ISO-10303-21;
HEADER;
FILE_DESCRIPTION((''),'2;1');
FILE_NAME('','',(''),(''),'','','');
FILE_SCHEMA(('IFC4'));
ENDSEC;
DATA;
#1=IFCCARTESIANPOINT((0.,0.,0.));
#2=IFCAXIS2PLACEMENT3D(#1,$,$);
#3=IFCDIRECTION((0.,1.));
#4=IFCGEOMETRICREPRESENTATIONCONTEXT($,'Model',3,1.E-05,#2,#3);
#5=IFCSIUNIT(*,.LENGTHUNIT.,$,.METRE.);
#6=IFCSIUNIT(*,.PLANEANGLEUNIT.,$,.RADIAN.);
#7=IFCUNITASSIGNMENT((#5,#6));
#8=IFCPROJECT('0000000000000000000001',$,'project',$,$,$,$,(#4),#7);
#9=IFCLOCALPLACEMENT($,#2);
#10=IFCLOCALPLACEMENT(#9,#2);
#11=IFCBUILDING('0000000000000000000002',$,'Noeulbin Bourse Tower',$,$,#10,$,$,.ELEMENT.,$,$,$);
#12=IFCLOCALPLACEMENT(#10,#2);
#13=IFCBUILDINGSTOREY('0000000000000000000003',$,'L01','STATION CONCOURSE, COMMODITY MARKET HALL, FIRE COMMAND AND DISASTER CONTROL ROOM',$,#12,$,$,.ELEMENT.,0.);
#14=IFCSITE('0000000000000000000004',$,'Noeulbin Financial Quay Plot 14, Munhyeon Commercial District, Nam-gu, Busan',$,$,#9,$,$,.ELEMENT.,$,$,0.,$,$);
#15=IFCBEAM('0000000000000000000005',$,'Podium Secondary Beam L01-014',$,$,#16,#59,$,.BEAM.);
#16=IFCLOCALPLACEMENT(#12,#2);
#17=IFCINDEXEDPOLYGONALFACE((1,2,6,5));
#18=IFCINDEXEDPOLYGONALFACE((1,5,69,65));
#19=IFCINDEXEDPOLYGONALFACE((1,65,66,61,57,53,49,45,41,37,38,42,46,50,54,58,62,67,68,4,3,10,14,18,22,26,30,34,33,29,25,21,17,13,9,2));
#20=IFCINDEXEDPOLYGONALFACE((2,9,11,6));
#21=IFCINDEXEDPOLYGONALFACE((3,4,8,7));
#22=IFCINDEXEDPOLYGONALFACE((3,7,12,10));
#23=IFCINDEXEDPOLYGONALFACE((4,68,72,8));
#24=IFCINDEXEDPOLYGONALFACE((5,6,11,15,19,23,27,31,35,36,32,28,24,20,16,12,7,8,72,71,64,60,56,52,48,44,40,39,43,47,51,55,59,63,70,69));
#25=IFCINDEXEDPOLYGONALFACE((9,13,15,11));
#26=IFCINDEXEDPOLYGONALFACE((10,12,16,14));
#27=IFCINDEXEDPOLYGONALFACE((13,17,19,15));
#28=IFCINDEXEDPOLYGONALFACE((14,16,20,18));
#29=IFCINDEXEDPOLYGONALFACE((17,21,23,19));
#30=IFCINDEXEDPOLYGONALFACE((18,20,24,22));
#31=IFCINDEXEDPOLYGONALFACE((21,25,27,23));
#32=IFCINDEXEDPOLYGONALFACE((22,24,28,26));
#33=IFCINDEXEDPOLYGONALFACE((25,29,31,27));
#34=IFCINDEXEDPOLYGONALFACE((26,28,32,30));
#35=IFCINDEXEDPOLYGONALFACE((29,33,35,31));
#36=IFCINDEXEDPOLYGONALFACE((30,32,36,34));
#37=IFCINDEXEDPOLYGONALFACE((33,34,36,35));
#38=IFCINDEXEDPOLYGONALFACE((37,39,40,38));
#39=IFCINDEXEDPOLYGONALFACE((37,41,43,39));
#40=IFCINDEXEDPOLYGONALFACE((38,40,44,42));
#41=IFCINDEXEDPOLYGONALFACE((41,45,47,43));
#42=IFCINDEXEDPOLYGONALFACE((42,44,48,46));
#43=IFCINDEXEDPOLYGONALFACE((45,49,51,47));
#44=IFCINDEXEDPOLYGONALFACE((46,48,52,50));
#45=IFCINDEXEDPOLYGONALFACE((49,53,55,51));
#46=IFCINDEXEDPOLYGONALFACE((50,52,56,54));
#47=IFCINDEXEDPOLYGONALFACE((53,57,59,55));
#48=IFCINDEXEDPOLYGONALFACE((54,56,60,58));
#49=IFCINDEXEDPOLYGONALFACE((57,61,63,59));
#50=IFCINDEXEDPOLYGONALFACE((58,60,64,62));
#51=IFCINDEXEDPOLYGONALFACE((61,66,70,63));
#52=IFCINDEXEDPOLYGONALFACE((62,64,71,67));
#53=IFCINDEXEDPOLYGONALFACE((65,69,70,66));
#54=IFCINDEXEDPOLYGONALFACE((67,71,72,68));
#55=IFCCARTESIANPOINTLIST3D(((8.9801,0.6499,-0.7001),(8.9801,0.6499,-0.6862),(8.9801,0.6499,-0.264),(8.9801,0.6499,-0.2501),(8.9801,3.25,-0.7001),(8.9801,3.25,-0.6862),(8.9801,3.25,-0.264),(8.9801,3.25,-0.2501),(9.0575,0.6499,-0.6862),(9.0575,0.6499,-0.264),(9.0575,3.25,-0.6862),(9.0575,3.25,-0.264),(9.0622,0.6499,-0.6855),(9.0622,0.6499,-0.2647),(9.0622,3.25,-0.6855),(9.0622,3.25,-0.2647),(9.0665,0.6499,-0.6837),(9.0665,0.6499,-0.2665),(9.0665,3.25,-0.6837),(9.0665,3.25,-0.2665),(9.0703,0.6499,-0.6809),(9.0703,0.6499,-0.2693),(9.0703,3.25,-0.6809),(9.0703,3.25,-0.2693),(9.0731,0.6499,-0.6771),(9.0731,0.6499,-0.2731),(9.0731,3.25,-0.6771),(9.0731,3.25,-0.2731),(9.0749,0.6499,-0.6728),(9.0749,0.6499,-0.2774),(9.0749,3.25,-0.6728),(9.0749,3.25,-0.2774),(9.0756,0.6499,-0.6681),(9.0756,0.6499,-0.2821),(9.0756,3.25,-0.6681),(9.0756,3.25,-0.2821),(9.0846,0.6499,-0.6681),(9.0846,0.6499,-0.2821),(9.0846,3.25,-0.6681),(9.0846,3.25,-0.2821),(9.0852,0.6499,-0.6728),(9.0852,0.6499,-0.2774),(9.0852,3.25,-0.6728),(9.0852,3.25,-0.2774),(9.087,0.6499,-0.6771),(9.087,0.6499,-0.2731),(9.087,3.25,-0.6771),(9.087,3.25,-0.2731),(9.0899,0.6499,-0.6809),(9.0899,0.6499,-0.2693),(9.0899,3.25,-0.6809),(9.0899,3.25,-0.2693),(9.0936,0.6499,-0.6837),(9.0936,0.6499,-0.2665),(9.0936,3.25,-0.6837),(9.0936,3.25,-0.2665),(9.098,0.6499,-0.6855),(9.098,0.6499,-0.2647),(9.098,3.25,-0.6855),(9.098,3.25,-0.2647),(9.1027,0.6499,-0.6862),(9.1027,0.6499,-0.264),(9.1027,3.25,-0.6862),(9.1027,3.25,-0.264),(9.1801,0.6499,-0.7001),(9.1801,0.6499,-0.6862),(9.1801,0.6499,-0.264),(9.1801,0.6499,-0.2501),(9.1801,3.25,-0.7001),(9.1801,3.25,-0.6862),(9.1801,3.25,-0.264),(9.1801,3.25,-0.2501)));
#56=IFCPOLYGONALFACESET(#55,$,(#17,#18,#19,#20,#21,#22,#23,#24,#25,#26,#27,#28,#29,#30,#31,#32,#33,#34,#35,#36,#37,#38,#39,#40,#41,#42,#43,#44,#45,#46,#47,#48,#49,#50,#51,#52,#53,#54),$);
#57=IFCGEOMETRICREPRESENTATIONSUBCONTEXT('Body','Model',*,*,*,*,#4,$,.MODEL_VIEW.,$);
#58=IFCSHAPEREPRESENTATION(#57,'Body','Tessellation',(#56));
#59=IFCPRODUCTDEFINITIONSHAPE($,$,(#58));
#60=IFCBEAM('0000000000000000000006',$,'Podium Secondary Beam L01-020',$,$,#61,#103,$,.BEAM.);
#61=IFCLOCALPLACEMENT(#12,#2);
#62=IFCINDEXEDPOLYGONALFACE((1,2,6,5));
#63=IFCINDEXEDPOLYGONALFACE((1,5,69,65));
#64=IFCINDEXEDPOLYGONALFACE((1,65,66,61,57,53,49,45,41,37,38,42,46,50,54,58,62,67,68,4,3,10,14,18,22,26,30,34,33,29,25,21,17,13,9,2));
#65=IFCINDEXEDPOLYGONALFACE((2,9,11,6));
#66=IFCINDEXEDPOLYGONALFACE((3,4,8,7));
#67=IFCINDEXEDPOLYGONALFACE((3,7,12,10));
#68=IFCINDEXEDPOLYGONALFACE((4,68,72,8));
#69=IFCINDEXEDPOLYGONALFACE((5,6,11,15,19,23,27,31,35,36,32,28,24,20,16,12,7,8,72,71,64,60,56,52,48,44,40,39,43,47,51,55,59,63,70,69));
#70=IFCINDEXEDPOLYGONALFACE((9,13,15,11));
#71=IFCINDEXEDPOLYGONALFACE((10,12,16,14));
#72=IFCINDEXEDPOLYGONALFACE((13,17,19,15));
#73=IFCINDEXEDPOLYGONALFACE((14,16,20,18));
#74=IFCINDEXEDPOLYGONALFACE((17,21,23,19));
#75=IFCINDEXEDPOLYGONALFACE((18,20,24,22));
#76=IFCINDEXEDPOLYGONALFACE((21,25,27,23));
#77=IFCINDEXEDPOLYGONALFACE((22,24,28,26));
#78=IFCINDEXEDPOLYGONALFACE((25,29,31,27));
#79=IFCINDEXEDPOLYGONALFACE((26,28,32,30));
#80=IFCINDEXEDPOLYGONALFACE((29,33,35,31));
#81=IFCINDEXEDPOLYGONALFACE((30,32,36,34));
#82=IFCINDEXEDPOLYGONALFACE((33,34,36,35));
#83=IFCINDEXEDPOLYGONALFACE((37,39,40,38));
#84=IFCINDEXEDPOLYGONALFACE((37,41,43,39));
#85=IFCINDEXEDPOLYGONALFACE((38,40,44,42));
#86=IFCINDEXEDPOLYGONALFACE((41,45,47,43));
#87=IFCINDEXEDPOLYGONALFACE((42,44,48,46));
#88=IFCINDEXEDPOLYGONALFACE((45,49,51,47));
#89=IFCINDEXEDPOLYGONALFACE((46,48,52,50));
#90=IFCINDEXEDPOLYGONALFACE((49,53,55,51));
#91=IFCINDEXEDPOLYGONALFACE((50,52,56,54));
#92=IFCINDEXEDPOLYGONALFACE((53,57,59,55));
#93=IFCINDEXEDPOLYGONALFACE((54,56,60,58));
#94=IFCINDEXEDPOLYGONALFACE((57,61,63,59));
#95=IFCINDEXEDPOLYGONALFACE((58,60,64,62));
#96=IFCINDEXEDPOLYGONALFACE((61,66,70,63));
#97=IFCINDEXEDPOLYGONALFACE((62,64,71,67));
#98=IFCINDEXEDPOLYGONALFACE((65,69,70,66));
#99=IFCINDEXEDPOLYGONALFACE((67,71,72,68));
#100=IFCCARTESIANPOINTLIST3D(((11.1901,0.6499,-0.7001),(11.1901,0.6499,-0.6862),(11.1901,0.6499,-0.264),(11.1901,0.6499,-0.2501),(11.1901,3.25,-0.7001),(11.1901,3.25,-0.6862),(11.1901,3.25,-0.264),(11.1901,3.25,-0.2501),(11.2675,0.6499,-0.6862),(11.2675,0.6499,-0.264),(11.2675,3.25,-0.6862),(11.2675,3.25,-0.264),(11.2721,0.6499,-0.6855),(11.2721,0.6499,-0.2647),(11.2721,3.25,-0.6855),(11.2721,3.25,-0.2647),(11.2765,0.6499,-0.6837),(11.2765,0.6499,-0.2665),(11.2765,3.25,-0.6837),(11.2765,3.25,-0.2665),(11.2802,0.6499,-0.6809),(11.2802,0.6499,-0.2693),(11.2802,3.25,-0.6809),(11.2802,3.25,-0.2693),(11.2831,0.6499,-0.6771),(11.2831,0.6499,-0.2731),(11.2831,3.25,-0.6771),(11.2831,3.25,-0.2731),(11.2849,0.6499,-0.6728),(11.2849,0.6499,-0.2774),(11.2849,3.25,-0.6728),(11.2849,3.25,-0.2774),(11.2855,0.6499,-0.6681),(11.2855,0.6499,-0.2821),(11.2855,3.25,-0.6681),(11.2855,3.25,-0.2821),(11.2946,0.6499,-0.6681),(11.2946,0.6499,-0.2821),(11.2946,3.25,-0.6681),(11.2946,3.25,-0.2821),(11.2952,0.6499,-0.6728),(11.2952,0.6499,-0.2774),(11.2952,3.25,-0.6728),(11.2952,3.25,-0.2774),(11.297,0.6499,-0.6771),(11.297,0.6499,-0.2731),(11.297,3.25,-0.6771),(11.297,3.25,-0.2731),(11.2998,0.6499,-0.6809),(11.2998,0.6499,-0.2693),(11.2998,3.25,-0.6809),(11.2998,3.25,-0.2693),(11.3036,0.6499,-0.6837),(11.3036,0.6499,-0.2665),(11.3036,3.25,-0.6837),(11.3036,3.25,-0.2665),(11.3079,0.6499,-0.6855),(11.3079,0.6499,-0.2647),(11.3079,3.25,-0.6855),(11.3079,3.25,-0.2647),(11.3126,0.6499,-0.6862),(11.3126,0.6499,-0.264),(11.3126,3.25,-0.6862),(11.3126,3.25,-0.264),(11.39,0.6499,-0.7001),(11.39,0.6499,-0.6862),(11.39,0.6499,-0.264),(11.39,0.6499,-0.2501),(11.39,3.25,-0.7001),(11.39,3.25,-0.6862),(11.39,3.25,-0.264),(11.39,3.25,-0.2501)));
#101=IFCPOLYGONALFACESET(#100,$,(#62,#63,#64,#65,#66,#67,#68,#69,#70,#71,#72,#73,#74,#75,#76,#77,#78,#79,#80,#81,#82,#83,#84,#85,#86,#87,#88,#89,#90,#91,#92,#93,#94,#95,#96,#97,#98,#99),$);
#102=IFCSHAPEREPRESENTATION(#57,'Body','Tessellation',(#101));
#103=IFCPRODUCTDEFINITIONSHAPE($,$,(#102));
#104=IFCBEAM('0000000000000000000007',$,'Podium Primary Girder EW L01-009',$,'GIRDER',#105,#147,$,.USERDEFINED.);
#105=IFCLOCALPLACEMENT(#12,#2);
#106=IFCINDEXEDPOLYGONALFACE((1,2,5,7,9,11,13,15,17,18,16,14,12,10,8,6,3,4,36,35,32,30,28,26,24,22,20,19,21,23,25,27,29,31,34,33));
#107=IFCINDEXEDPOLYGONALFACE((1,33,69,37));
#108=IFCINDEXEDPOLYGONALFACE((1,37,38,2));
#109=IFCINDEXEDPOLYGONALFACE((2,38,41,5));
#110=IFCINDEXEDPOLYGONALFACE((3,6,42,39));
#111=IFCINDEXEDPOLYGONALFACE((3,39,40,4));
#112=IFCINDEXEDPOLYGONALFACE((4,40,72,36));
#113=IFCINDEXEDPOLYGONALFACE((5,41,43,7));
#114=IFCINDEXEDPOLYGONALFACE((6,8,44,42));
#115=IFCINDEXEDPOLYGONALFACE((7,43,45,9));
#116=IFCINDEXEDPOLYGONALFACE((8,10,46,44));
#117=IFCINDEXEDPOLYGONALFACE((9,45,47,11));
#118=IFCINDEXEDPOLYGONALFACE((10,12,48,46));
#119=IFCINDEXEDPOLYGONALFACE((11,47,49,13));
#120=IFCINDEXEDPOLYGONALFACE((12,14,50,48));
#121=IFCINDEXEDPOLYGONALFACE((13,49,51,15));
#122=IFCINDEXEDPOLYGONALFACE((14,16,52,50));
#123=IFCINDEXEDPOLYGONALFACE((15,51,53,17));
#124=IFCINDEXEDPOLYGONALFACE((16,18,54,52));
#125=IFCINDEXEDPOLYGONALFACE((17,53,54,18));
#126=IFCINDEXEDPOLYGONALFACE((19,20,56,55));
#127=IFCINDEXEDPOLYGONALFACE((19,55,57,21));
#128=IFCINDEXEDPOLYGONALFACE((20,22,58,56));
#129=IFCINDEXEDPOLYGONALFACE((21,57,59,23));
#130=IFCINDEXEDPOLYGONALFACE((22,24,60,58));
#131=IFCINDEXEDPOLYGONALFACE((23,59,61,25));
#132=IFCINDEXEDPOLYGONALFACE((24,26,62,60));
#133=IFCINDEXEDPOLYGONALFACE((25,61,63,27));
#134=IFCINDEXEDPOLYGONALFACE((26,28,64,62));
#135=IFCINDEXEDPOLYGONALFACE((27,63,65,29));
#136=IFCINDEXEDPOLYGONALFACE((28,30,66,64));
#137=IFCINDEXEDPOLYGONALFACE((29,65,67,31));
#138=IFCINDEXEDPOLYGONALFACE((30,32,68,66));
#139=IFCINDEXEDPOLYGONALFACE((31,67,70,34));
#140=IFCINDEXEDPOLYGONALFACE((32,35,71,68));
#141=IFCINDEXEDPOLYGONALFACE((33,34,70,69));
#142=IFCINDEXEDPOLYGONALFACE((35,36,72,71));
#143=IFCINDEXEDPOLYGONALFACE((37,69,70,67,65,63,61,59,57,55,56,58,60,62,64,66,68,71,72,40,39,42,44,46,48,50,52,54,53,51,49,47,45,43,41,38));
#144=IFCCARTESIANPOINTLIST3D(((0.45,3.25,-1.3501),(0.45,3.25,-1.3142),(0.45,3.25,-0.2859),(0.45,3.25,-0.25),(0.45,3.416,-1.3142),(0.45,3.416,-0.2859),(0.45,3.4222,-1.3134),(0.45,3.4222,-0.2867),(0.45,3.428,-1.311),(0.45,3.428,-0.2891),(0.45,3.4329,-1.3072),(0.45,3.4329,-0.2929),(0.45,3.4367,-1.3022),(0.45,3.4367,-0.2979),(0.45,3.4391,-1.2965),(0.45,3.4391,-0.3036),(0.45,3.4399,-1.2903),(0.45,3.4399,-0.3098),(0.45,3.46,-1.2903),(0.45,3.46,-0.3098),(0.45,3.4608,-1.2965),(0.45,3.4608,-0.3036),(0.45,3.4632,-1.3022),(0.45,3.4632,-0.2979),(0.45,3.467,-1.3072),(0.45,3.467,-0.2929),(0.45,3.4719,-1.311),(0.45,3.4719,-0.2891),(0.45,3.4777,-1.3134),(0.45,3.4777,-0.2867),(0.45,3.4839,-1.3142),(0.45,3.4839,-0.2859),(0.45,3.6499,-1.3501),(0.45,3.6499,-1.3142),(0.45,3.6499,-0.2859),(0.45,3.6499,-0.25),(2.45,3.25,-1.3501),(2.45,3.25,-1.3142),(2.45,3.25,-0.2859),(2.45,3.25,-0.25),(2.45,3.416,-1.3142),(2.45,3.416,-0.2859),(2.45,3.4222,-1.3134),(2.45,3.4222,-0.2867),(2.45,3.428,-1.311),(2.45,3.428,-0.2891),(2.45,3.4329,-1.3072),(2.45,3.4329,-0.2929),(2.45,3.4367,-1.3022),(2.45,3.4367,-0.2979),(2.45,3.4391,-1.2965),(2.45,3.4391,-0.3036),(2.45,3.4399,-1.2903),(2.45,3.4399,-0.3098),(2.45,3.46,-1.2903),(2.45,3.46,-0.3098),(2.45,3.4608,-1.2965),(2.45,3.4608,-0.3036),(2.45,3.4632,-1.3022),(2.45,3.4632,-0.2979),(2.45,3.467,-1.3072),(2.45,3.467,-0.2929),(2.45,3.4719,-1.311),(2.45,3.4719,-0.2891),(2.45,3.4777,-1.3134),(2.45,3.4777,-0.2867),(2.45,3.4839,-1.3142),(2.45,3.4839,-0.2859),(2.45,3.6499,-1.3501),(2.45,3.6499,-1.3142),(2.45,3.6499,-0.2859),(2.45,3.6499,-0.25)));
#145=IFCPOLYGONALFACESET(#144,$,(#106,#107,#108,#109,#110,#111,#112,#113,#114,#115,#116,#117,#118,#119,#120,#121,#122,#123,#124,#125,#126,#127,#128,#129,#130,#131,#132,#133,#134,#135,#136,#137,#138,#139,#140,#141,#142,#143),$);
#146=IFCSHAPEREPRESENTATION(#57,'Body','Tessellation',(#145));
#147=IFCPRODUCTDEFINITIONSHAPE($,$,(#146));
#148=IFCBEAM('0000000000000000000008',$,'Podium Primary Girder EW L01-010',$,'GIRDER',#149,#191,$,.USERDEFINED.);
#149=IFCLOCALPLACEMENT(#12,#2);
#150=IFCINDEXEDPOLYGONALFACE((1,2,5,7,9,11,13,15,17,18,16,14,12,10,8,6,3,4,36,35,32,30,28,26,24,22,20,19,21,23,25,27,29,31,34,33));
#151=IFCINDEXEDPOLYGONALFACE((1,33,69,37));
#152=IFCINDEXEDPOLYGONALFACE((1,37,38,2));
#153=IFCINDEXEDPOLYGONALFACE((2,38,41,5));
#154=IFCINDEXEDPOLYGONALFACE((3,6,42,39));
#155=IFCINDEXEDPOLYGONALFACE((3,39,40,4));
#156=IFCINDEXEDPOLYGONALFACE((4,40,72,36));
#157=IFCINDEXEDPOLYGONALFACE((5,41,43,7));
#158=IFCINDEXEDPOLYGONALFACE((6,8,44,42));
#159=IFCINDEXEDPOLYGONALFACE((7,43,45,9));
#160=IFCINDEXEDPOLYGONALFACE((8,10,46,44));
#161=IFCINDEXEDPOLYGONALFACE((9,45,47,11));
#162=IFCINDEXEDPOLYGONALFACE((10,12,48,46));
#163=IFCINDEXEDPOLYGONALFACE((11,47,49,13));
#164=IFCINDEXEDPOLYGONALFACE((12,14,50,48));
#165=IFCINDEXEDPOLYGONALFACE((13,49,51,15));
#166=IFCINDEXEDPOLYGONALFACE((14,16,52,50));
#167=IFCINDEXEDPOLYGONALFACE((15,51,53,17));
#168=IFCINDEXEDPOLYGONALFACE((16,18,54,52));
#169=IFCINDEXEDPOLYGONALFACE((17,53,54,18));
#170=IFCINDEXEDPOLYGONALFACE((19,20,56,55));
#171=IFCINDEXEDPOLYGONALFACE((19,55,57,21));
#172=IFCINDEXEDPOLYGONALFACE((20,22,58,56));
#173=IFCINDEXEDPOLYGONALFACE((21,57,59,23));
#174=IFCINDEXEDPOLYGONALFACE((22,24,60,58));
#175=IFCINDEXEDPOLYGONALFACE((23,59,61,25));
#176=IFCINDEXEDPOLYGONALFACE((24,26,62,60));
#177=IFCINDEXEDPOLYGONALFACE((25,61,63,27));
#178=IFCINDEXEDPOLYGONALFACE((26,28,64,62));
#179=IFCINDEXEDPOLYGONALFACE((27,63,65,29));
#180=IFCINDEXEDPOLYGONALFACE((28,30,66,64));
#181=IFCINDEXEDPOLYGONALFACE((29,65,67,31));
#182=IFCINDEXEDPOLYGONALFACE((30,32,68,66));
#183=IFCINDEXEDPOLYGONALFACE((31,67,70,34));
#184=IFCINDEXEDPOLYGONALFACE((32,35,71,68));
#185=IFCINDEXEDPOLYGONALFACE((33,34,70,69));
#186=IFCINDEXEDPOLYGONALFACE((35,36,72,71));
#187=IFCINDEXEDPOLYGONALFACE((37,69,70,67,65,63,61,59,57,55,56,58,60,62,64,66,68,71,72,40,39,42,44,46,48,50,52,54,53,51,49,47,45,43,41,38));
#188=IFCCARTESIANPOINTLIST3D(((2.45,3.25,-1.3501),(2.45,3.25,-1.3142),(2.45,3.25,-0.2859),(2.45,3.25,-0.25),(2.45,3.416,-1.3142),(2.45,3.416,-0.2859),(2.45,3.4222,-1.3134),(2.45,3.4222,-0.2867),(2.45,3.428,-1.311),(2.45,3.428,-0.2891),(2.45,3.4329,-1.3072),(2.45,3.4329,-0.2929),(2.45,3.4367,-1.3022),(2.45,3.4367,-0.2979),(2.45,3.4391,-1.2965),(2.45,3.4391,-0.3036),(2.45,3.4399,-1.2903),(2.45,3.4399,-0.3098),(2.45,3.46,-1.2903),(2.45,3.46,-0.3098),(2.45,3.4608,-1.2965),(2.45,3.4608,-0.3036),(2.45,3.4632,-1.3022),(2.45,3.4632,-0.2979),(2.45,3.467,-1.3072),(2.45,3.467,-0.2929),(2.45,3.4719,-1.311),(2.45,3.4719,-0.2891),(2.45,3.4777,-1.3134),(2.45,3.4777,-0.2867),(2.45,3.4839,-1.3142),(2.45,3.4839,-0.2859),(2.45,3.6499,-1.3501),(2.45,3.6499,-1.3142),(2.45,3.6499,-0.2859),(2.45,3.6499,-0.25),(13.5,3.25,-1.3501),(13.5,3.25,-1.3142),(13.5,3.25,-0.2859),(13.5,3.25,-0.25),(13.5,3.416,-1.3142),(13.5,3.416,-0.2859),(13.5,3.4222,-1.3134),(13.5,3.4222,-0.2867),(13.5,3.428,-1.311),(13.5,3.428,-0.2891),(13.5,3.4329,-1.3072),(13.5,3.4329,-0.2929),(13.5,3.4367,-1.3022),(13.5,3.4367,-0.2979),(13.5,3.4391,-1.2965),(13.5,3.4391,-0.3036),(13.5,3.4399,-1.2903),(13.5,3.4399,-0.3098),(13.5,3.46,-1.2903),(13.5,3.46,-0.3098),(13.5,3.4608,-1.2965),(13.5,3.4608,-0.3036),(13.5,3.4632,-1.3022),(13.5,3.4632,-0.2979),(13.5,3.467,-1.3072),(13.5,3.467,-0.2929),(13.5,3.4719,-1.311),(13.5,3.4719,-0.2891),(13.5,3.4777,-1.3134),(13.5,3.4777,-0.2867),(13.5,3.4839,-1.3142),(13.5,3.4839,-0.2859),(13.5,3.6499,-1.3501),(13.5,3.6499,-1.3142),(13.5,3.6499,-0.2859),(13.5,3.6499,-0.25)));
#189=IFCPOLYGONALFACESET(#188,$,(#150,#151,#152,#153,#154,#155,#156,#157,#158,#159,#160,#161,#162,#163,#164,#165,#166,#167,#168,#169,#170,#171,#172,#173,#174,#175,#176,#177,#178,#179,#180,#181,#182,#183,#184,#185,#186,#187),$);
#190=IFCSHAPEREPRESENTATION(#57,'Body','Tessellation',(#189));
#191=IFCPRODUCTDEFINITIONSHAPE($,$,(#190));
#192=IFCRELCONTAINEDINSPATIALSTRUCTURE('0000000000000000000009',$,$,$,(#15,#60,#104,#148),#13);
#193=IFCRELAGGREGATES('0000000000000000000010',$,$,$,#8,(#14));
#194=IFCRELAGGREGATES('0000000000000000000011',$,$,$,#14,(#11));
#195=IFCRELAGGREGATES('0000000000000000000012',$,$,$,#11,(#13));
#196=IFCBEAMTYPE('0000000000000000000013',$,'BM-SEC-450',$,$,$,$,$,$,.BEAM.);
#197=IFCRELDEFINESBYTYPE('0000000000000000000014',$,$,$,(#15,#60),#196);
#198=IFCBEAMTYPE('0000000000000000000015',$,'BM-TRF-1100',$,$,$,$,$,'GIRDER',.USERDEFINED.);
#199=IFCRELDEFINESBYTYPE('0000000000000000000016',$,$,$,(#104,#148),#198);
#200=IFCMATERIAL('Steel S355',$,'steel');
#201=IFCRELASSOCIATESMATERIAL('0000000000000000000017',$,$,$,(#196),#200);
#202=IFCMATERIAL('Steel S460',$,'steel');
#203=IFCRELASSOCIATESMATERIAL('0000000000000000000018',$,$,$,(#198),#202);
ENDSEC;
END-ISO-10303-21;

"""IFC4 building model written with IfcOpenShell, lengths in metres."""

from ifc_helpers import new_model, si_unit, direction, frame, origin, origin_2d, place, context, subcontext, project, spatial, i_section, extrude, material, material_profile, profile_set, type_object, element, save


model = new_model("IFC4")

# Units and contexts
model_context = context("Model", 3, precision=1e-05, world=origin(), true_north=direction((0.0, 1.0)))
body_context = subcontext(model_context, "Body", "Model", "MODEL_VIEW")
ifc_project = project(units=[si_unit("LENGTHUNIT", "METRE"), si_unit("PLANEANGLEUNIT", "RADIAN")], contexts=[model_context])

# Site, building, storey
site_placement = place(None, origin())
site = spatial("IfcSite", under=ifc_project, at=site_placement, Name="Noeulbin Financial Quay Plot 14, Munhyeon Commercial District, Nam-gu, Busan", CompositionType="ELEMENT", RefElevation=0.0)
building_placement = place(site_placement, origin())
building = spatial("IfcBuilding", under=site, at=building_placement, Name="Noeulbin Bourse Tower", CompositionType="ELEMENT")
storey_placement = place(building_placement, origin())
storey = spatial("IfcBuildingStorey", under=building, at=storey_placement, Name="L01", Description="STATION CONCOURSE, COMMODITY MARKET HALL, FIRE COMMAND AND DISASTER CONTROL ROOM", CompositionType="ELEMENT", Elevation=0.0)

# Beams
ifc_material_1 = material(Name="Steel S355", Category="steel")
ifc_material_profile_1 = material_profile(ifc_material_1, i_section(OverallWidth=0.2, OverallDepth=0.45, WebThickness=0.009, FlangeThickness=0.0139, FilletRadius=0.0181, at=origin_2d()), Name="H-450x200x9x14", Category="LoadBearing")
ifc_profile_set_1 = profile_set([ifc_material_profile_1], Name="Steel S355")
beam_type_1 = type_object("IfcBeamType", Name="BM-SEC-450", PredefinedType="BEAM", material=ifc_profile_set_1)
for number, where, z_axis, x_axis, name in (
    (1, (9.0801, 0.6499, -0.4751), (0.0, 1.0, 0.0), (-1.0, 0.0, 0.0), "Podium Secondary Beam L01-014"),
    (2, (11.29, 0.6499, -0.4751), (0.0, 1.0, 0.0), (-1.0, 0.0, 0.0), "Podium Secondary Beam L01-020"),
):
    element("IfcBeam", number, at=place(storey_placement, frame(where, z_axis=z_axis, x_axis=x_axis)), inside=storey, type_object=beam_type_1, Name=name, PredefinedType="BEAM", context=body_context, shape_type="SweptSolid", body=[
        extrude(i_section(OverallWidth=0.2, OverallDepth=0.45, WebThickness=0.009, FlangeThickness=0.0139, FilletRadius=0.0181, at=origin_2d()), origin(), (0.0, 0.0, 1.0), 2.6001),
    ])
ifc_material_2 = material(Name="Steel S460", Category="steel")
ifc_material_profile_2 = material_profile(ifc_material_2, i_section(OverallWidth=0.3999, OverallDepth=1.1001, WebThickness=0.02, FlangeThickness=0.0359, FilletRadius=0.0239, at=origin_2d()), Name="PG-1100x400x20x36", Category="LoadBearing")
ifc_profile_set_2 = profile_set([ifc_material_profile_2], Name="Steel S460")
beam_type_2 = type_object("IfcBeamType", Name="BM-TRF-1100", ElementType="GIRDER", PredefinedType="USERDEFINED", material=ifc_profile_set_2)
beam_1_placement = place(storey_placement, frame((0.45, 3.45, -0.8), z_axis=(1.0, 0.0, 0.0), x_axis=(0.0, 1.0, 0.0)))
element("IfcBeam", 3, at=beam_1_placement, inside=storey, type_object=beam_type_2, Name="Podium Primary Girder EW L01-009", ObjectType="GIRDER", PredefinedType="USERDEFINED", context=body_context, shape_type="SweptSolid", body=[
    extrude(i_section(OverallWidth=0.3999, OverallDepth=1.1001, WebThickness=0.02, FlangeThickness=0.0359, FilletRadius=0.0239, at=origin_2d()), origin(), (0.0, 0.0, 1.0), 2.0),
])
beam_2_placement = place(storey_placement, frame((2.45, 3.45, -0.8), z_axis=(1.0, 0.0, 0.0), x_axis=(0.0, 1.0, 0.0)))
element("IfcBeam", 4, at=beam_2_placement, inside=storey, type_object=beam_type_2, Name="Podium Primary Girder EW L01-010", ObjectType="GIRDER", PredefinedType="USERDEFINED", context=body_context, shape_type="SweptSolid", body=[
    extrude(i_section(OverallWidth=0.3999, OverallDepth=1.1001, WebThickness=0.02, FlangeThickness=0.0359, FilletRadius=0.0239, at=origin_2d()), origin(), (0.0, 0.0, 1.0), 11.05),
])

save(model, "model.ifc")
